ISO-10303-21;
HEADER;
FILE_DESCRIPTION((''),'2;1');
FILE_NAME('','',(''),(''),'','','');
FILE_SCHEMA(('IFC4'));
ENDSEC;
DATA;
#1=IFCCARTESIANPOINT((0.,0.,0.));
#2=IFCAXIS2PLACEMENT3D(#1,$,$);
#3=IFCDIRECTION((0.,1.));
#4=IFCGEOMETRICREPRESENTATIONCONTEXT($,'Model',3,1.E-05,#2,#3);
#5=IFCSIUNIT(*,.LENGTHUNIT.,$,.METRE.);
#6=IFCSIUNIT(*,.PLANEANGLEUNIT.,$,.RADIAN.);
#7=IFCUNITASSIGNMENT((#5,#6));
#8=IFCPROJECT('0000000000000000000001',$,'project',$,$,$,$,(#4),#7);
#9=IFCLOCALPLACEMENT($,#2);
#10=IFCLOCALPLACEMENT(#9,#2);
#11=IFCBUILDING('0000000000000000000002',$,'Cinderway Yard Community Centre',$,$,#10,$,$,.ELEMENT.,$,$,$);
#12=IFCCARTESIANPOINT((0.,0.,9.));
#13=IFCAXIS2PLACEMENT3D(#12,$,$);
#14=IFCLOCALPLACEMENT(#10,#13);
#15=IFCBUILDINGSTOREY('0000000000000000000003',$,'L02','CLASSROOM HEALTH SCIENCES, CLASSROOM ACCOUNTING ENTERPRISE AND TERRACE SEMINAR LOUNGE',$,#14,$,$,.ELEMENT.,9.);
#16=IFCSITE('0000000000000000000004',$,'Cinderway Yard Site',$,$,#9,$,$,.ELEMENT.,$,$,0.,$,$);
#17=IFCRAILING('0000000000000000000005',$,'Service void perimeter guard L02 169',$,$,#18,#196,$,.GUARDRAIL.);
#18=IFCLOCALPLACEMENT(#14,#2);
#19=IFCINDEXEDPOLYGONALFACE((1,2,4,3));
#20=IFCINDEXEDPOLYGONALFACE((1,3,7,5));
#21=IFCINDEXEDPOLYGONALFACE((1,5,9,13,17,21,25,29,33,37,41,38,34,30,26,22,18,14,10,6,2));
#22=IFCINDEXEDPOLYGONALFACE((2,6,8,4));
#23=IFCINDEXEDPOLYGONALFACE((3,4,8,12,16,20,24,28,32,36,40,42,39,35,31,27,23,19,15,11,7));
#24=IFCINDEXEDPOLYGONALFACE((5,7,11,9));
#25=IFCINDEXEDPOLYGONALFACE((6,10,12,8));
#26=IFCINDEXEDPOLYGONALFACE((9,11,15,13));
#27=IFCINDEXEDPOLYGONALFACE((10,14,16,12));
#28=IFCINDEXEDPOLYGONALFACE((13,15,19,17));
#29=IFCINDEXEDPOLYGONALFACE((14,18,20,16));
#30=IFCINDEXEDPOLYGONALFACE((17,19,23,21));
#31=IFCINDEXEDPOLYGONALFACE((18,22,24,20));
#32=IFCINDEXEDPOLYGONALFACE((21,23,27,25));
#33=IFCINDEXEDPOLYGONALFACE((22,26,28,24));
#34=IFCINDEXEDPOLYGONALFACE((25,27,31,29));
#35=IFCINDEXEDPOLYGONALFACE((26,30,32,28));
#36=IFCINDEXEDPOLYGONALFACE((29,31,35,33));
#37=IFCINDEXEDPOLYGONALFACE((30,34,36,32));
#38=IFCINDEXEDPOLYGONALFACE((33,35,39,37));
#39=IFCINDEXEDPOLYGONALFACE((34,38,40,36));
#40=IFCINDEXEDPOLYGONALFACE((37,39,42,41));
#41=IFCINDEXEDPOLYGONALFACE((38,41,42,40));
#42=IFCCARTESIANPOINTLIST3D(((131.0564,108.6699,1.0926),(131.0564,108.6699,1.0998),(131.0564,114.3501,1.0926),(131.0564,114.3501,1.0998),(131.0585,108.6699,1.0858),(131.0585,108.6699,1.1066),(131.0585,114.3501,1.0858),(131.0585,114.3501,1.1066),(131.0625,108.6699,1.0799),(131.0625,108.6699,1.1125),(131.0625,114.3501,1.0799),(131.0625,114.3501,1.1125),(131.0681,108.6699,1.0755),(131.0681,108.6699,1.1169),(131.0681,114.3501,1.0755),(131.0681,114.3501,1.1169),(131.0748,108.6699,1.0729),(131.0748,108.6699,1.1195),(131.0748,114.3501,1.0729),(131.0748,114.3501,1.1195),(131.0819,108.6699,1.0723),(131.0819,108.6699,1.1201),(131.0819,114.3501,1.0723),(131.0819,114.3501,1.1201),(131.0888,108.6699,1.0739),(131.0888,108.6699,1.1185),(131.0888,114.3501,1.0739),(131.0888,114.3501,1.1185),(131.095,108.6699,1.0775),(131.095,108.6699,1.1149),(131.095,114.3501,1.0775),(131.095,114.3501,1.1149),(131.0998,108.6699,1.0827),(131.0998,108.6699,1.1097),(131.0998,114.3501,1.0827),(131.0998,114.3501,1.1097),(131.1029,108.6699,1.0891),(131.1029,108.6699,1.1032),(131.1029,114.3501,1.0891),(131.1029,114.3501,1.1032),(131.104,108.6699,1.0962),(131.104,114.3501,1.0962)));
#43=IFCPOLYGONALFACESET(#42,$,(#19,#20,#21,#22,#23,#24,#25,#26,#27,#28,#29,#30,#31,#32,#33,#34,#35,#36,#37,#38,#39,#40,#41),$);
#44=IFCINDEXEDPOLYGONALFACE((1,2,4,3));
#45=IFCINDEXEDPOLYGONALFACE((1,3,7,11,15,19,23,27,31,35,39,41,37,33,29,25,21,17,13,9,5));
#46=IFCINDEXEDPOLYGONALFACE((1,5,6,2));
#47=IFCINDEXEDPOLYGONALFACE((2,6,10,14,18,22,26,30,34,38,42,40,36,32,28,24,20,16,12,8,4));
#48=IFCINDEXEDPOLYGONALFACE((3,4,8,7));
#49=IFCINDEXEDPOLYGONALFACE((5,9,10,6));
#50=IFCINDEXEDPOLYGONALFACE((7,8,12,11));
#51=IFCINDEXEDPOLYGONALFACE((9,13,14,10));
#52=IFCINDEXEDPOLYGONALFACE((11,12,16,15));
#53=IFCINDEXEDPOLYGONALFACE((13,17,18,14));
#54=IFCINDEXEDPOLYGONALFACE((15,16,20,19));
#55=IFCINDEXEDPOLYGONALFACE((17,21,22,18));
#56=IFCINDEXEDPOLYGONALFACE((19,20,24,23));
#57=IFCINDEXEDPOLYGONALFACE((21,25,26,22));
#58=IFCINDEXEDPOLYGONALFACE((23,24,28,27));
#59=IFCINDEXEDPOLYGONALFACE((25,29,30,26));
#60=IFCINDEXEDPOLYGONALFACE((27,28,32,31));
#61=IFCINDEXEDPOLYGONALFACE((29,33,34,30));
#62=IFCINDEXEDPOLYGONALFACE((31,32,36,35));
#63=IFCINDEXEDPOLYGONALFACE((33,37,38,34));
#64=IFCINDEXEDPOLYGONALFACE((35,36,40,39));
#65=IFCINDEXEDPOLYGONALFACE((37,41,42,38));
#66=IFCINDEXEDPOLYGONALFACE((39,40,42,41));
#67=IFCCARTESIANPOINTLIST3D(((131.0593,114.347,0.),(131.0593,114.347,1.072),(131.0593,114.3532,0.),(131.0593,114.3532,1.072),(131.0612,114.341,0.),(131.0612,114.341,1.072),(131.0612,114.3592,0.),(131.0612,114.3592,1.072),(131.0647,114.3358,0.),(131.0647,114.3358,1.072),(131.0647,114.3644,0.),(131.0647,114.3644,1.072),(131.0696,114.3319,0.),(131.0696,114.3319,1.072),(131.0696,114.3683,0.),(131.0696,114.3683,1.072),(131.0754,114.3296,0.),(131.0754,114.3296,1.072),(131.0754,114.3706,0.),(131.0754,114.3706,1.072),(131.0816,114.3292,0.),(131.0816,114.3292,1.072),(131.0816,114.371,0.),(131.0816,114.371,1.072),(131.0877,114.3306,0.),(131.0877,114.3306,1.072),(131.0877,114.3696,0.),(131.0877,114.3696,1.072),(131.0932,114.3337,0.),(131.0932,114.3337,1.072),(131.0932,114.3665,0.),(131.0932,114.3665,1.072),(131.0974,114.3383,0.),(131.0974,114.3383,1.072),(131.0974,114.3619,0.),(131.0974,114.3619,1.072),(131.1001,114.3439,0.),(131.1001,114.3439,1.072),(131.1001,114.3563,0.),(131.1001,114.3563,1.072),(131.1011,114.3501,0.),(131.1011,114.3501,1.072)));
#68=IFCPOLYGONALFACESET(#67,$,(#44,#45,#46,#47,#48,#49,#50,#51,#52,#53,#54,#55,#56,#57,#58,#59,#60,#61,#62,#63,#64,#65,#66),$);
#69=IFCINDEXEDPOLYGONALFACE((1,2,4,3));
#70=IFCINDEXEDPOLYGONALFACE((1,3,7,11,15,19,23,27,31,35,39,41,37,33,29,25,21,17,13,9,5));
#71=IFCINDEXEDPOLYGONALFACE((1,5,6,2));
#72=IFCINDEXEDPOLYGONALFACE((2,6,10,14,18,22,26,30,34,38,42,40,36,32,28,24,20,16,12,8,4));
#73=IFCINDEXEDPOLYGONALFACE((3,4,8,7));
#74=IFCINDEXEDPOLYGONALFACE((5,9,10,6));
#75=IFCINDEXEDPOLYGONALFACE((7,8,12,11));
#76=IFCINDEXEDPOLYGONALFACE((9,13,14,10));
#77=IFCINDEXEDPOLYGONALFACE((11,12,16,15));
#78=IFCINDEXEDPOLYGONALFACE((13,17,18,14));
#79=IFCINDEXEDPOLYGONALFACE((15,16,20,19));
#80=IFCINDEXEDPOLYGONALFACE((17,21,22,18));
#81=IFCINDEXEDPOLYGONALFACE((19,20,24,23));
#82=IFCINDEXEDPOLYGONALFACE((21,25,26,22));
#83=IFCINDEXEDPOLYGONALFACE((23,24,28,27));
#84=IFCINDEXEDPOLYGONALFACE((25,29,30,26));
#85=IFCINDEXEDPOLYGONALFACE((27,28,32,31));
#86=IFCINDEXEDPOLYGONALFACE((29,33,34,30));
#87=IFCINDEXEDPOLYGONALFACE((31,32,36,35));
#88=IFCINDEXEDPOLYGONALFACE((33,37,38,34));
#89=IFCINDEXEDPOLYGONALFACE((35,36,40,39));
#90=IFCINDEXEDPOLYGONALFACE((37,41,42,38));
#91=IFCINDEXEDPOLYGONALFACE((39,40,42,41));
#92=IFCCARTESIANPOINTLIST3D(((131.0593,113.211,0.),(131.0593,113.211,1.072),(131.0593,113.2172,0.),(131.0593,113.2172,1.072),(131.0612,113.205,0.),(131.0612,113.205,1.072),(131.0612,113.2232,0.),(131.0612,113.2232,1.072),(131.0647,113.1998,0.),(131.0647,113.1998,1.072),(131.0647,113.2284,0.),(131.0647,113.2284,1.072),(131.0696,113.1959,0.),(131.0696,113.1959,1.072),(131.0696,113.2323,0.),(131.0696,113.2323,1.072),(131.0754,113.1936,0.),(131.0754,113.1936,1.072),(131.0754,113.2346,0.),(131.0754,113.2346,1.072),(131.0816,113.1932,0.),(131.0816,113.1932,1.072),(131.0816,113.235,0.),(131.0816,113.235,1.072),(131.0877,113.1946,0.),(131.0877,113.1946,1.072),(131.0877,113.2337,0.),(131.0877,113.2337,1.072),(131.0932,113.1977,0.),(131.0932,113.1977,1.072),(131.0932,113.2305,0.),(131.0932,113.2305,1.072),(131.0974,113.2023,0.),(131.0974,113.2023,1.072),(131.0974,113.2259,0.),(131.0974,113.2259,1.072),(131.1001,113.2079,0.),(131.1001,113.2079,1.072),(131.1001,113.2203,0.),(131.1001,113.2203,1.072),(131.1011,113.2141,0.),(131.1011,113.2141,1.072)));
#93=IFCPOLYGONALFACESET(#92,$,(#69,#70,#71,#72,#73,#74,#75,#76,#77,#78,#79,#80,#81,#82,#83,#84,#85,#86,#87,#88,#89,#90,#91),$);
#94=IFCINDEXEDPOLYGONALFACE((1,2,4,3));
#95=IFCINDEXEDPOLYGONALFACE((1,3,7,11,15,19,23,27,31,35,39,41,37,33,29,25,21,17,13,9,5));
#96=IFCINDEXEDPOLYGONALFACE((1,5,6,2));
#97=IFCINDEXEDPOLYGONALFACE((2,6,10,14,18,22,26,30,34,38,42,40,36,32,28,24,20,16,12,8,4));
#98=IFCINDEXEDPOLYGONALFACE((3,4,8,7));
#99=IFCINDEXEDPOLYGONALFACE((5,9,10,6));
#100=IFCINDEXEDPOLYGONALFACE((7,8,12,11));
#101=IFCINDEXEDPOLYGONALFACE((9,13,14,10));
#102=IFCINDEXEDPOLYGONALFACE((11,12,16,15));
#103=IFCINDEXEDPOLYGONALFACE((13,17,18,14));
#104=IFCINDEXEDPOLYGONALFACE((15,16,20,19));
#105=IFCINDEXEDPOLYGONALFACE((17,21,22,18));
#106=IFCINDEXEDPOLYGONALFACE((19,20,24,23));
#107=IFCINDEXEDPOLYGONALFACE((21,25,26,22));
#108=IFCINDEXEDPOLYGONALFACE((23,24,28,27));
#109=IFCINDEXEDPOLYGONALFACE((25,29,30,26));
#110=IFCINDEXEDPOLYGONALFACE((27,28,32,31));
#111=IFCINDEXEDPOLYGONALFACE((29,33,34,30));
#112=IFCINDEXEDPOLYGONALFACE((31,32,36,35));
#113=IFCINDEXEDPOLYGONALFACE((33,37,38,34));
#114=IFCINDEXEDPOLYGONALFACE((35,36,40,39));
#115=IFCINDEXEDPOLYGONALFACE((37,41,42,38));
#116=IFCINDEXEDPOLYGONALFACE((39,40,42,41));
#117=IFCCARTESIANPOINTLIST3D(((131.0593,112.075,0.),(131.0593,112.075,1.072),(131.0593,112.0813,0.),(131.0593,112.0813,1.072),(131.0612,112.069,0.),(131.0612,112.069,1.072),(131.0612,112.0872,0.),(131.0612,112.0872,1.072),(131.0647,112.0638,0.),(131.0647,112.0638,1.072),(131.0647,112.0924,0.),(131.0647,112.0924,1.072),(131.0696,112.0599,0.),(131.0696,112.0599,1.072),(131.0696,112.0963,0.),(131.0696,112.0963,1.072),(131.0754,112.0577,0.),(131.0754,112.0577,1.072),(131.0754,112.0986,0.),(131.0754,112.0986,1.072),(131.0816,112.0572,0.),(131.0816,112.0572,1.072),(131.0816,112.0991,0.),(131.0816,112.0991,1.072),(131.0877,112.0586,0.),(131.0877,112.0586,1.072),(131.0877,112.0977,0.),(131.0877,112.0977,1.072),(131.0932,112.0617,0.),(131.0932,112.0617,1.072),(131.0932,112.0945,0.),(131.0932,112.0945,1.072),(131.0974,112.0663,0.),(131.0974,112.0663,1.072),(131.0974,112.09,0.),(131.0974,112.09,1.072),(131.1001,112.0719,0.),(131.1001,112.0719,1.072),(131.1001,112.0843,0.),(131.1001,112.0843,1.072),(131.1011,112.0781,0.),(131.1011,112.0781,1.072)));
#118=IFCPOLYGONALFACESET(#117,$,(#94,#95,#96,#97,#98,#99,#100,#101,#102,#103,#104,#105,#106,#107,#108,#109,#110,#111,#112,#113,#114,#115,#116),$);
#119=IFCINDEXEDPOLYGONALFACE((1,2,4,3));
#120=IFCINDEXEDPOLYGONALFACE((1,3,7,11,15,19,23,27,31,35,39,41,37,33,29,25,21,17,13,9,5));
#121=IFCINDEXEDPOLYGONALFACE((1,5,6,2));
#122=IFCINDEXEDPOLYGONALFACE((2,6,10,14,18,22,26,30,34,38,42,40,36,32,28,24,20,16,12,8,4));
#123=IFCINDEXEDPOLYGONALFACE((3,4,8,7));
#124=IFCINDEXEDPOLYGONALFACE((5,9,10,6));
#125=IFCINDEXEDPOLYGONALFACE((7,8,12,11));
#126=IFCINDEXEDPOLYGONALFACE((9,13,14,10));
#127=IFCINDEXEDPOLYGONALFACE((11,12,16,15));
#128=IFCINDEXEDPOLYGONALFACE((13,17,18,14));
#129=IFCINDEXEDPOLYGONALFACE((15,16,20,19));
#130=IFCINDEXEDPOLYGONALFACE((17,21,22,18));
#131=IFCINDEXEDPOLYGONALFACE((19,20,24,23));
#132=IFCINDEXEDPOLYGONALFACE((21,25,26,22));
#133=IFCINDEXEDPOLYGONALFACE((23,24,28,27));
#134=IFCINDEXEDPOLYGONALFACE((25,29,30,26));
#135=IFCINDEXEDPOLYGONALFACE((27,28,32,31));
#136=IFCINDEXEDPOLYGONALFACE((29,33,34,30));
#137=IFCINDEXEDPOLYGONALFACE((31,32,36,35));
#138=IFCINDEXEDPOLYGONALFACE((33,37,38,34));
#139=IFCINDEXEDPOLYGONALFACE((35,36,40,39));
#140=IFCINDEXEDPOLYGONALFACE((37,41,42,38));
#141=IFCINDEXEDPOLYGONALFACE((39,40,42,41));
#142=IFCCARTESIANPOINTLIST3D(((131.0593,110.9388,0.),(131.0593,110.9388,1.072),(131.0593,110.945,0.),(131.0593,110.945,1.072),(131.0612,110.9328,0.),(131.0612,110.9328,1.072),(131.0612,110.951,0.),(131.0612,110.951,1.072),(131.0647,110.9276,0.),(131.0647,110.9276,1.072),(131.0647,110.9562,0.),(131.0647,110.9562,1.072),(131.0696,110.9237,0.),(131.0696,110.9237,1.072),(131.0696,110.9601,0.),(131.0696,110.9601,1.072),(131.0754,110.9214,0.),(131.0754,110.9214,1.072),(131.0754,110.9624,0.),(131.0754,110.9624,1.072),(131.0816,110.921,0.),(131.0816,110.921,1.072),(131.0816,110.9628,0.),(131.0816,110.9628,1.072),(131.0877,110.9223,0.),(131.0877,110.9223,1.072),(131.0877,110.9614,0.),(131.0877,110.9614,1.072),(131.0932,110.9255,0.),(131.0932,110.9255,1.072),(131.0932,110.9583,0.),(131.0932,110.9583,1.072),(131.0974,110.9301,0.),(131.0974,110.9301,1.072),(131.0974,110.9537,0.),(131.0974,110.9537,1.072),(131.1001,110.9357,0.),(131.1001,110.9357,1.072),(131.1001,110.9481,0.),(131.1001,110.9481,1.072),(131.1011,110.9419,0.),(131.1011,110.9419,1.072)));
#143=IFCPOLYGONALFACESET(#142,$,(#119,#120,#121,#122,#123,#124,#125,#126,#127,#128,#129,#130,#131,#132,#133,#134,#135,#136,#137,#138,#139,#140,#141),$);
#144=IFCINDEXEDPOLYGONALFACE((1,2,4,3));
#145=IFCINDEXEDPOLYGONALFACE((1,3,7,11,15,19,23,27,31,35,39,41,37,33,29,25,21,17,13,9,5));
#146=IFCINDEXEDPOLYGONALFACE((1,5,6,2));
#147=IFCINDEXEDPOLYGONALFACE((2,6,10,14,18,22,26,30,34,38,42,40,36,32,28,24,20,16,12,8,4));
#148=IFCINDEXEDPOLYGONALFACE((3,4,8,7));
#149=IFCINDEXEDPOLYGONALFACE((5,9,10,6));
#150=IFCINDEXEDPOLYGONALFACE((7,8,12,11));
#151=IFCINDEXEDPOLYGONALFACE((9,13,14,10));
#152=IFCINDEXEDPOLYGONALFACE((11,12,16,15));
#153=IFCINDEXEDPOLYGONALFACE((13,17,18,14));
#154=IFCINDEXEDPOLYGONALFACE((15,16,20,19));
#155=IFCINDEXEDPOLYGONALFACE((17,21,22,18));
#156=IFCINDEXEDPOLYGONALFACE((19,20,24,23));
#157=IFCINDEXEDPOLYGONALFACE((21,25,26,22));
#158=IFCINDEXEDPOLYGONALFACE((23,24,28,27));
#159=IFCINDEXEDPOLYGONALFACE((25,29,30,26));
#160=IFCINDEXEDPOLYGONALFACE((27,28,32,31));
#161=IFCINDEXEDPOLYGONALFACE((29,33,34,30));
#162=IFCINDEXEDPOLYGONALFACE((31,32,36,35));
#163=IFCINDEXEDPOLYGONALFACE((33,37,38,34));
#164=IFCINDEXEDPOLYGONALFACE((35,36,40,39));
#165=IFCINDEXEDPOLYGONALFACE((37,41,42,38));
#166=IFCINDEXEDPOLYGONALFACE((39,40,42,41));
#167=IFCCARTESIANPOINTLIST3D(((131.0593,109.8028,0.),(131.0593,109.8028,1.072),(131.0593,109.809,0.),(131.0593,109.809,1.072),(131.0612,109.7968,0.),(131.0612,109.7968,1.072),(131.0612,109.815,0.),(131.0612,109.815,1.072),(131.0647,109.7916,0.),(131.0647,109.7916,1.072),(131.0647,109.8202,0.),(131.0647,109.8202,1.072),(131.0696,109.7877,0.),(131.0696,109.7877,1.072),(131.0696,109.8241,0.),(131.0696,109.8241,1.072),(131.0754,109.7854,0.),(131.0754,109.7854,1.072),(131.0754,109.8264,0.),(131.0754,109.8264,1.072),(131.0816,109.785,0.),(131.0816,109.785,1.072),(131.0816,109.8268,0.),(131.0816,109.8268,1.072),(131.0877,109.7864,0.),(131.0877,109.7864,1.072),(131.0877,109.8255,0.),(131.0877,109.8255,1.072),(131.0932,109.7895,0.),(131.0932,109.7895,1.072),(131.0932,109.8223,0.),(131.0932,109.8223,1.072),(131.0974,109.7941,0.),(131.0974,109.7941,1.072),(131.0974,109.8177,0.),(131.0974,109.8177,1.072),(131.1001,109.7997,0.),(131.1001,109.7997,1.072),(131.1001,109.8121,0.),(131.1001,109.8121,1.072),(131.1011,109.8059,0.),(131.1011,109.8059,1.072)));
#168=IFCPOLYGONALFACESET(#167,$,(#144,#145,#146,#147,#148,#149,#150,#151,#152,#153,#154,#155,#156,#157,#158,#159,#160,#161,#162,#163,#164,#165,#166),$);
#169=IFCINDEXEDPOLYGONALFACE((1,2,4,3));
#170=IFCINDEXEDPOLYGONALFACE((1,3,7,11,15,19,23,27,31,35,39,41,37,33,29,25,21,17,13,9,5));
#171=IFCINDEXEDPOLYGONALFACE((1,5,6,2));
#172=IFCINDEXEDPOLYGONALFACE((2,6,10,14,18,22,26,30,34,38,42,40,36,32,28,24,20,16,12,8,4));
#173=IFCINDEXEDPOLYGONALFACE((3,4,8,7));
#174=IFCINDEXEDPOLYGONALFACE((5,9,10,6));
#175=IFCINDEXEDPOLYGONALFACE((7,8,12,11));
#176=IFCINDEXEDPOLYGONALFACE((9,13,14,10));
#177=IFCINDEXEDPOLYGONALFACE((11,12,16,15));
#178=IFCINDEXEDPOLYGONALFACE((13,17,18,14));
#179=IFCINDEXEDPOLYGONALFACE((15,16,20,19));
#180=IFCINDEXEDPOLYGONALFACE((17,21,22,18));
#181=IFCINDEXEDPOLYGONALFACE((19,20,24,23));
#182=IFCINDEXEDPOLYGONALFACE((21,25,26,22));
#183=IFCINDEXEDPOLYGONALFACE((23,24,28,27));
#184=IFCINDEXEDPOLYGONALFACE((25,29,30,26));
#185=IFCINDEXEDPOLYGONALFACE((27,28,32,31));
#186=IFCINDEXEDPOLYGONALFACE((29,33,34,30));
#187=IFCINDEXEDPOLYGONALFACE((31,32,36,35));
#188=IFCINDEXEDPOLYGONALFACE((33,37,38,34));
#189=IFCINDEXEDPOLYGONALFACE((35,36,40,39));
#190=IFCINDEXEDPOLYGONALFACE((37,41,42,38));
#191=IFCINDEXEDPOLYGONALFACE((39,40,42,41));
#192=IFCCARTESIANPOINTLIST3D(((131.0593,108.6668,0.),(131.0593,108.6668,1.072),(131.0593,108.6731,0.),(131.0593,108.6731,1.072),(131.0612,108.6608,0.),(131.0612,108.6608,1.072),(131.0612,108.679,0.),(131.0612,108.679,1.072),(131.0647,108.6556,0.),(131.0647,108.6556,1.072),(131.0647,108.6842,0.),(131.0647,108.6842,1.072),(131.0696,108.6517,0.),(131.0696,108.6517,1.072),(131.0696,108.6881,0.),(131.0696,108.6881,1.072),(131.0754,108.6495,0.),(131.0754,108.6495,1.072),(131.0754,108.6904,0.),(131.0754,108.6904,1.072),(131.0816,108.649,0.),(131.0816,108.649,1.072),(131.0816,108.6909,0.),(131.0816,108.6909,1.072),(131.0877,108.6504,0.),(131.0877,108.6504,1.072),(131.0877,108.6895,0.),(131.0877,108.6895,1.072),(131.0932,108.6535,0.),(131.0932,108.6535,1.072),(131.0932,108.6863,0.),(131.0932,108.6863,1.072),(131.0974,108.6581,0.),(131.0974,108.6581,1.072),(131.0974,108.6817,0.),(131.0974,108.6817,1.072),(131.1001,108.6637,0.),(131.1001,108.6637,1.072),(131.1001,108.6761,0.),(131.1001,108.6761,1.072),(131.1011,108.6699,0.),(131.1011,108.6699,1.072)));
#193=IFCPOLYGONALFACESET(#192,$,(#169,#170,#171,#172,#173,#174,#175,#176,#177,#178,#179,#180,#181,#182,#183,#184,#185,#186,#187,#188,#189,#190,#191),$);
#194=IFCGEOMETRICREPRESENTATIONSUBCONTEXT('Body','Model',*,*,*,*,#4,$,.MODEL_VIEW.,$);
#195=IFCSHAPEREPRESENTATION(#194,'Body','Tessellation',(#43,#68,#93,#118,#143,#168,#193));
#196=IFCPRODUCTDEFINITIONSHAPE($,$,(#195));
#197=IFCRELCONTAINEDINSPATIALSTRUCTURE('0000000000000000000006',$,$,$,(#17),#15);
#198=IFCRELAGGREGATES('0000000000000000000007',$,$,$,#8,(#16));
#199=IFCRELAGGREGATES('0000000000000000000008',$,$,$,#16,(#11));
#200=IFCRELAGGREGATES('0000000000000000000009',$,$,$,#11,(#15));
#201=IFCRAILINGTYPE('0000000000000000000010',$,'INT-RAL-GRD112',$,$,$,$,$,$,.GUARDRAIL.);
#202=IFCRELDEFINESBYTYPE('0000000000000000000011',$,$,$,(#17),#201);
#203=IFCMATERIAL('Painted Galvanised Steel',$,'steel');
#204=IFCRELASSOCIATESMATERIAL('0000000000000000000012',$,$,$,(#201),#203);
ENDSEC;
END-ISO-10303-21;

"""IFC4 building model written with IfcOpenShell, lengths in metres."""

from ifc_helpers import new_model, si_unit, direction, frame, origin, origin_2d, place, context, subcontext, project, spatial, circle, extrude, material, type_object, element, save


model = new_model("IFC4")

# Units and contexts
model_context = context("Model", 3, precision=1e-05, world=origin(), true_north=direction((0.0, 1.0)))
body_context = subcontext(model_context, "Body", "Model", "MODEL_VIEW")
ifc_project = project(units=[si_unit("LENGTHUNIT", "METRE"), si_unit("PLANEANGLEUNIT", "RADIAN")], contexts=[model_context])

# Site, building, storey
site_placement = place(None, origin())
site = spatial("IfcSite", under=ifc_project, at=site_placement, Name="Cinderway Yard Site", CompositionType="ELEMENT", RefElevation=0.0)
building_placement = place(site_placement, origin())
building = spatial("IfcBuilding", under=site, at=building_placement, Name="Cinderway Yard Community Centre", CompositionType="ELEMENT")
storey_placement = place(building_placement, frame((0.0, 0.0, 9.0)))
storey = spatial("IfcBuildingStorey", under=building, at=storey_placement, Name="L02", Description="CLASSROOM HEALTH SCIENCES, CLASSROOM ACCOUNTING ENTERPRISE AND TERRACE SEMINAR LOUNGE", CompositionType="ELEMENT", Elevation=9.0)

# Shared definitions
ifc_material_1 = material(Name="Painted Galvanised Steel", Category="steel")

# Railing
railing_type_1 = type_object("IfcRailingType", Name="INT-RAL-GRD112", PredefinedType="GUARDRAIL", material=ifc_material_1)
railing_1_placement = place(storey_placement, frame((131.0801, 114.3501, 0.0)))
element("IfcRailing", 1, at=railing_1_placement, inside=storey, type_object=railing_type_1, Name="Service void perimeter guard L02 169", PredefinedType="GUARDRAIL", context=body_context, shape_type="SweptSolid", body=[
    extrude(circle(Radius=0.0239, at=origin_2d()), frame((0.0, 0.0, 1.0962), z_axis=(0.0, -1.0, 0.0), x_axis=(1.0, 0.0, 0.0)), (0.0, 0.0, 1.0), 5.6802),
    extrude(circle(Radius=0.021, at=origin_2d()), origin(), (0.0, 0.0, 1.0), 1.072),
    extrude(circle(Radius=0.021, at=origin_2d()), frame((0.0, -1.136, 0.0)), (0.0, 0.0, 1.0), 1.072),
    extrude(circle(Radius=0.021, at=origin_2d()), frame((0.0, -2.272, 0.0)), (0.0, 0.0, 1.0), 1.072),
    extrude(circle(Radius=0.021, at=origin_2d()), frame((0.0, -3.4082, 0.0)), (0.0, 0.0, 1.0), 1.072),
    extrude(circle(Radius=0.021, at=origin_2d()), frame((0.0, -4.5442, 0.0)), (0.0, 0.0, 1.0), 1.072),
    extrude(circle(Radius=0.021, at=origin_2d()), frame((0.0, -5.6802, 0.0)), (0.0, 0.0, 1.0), 1.072),
])

save(model, "model.ifc")
